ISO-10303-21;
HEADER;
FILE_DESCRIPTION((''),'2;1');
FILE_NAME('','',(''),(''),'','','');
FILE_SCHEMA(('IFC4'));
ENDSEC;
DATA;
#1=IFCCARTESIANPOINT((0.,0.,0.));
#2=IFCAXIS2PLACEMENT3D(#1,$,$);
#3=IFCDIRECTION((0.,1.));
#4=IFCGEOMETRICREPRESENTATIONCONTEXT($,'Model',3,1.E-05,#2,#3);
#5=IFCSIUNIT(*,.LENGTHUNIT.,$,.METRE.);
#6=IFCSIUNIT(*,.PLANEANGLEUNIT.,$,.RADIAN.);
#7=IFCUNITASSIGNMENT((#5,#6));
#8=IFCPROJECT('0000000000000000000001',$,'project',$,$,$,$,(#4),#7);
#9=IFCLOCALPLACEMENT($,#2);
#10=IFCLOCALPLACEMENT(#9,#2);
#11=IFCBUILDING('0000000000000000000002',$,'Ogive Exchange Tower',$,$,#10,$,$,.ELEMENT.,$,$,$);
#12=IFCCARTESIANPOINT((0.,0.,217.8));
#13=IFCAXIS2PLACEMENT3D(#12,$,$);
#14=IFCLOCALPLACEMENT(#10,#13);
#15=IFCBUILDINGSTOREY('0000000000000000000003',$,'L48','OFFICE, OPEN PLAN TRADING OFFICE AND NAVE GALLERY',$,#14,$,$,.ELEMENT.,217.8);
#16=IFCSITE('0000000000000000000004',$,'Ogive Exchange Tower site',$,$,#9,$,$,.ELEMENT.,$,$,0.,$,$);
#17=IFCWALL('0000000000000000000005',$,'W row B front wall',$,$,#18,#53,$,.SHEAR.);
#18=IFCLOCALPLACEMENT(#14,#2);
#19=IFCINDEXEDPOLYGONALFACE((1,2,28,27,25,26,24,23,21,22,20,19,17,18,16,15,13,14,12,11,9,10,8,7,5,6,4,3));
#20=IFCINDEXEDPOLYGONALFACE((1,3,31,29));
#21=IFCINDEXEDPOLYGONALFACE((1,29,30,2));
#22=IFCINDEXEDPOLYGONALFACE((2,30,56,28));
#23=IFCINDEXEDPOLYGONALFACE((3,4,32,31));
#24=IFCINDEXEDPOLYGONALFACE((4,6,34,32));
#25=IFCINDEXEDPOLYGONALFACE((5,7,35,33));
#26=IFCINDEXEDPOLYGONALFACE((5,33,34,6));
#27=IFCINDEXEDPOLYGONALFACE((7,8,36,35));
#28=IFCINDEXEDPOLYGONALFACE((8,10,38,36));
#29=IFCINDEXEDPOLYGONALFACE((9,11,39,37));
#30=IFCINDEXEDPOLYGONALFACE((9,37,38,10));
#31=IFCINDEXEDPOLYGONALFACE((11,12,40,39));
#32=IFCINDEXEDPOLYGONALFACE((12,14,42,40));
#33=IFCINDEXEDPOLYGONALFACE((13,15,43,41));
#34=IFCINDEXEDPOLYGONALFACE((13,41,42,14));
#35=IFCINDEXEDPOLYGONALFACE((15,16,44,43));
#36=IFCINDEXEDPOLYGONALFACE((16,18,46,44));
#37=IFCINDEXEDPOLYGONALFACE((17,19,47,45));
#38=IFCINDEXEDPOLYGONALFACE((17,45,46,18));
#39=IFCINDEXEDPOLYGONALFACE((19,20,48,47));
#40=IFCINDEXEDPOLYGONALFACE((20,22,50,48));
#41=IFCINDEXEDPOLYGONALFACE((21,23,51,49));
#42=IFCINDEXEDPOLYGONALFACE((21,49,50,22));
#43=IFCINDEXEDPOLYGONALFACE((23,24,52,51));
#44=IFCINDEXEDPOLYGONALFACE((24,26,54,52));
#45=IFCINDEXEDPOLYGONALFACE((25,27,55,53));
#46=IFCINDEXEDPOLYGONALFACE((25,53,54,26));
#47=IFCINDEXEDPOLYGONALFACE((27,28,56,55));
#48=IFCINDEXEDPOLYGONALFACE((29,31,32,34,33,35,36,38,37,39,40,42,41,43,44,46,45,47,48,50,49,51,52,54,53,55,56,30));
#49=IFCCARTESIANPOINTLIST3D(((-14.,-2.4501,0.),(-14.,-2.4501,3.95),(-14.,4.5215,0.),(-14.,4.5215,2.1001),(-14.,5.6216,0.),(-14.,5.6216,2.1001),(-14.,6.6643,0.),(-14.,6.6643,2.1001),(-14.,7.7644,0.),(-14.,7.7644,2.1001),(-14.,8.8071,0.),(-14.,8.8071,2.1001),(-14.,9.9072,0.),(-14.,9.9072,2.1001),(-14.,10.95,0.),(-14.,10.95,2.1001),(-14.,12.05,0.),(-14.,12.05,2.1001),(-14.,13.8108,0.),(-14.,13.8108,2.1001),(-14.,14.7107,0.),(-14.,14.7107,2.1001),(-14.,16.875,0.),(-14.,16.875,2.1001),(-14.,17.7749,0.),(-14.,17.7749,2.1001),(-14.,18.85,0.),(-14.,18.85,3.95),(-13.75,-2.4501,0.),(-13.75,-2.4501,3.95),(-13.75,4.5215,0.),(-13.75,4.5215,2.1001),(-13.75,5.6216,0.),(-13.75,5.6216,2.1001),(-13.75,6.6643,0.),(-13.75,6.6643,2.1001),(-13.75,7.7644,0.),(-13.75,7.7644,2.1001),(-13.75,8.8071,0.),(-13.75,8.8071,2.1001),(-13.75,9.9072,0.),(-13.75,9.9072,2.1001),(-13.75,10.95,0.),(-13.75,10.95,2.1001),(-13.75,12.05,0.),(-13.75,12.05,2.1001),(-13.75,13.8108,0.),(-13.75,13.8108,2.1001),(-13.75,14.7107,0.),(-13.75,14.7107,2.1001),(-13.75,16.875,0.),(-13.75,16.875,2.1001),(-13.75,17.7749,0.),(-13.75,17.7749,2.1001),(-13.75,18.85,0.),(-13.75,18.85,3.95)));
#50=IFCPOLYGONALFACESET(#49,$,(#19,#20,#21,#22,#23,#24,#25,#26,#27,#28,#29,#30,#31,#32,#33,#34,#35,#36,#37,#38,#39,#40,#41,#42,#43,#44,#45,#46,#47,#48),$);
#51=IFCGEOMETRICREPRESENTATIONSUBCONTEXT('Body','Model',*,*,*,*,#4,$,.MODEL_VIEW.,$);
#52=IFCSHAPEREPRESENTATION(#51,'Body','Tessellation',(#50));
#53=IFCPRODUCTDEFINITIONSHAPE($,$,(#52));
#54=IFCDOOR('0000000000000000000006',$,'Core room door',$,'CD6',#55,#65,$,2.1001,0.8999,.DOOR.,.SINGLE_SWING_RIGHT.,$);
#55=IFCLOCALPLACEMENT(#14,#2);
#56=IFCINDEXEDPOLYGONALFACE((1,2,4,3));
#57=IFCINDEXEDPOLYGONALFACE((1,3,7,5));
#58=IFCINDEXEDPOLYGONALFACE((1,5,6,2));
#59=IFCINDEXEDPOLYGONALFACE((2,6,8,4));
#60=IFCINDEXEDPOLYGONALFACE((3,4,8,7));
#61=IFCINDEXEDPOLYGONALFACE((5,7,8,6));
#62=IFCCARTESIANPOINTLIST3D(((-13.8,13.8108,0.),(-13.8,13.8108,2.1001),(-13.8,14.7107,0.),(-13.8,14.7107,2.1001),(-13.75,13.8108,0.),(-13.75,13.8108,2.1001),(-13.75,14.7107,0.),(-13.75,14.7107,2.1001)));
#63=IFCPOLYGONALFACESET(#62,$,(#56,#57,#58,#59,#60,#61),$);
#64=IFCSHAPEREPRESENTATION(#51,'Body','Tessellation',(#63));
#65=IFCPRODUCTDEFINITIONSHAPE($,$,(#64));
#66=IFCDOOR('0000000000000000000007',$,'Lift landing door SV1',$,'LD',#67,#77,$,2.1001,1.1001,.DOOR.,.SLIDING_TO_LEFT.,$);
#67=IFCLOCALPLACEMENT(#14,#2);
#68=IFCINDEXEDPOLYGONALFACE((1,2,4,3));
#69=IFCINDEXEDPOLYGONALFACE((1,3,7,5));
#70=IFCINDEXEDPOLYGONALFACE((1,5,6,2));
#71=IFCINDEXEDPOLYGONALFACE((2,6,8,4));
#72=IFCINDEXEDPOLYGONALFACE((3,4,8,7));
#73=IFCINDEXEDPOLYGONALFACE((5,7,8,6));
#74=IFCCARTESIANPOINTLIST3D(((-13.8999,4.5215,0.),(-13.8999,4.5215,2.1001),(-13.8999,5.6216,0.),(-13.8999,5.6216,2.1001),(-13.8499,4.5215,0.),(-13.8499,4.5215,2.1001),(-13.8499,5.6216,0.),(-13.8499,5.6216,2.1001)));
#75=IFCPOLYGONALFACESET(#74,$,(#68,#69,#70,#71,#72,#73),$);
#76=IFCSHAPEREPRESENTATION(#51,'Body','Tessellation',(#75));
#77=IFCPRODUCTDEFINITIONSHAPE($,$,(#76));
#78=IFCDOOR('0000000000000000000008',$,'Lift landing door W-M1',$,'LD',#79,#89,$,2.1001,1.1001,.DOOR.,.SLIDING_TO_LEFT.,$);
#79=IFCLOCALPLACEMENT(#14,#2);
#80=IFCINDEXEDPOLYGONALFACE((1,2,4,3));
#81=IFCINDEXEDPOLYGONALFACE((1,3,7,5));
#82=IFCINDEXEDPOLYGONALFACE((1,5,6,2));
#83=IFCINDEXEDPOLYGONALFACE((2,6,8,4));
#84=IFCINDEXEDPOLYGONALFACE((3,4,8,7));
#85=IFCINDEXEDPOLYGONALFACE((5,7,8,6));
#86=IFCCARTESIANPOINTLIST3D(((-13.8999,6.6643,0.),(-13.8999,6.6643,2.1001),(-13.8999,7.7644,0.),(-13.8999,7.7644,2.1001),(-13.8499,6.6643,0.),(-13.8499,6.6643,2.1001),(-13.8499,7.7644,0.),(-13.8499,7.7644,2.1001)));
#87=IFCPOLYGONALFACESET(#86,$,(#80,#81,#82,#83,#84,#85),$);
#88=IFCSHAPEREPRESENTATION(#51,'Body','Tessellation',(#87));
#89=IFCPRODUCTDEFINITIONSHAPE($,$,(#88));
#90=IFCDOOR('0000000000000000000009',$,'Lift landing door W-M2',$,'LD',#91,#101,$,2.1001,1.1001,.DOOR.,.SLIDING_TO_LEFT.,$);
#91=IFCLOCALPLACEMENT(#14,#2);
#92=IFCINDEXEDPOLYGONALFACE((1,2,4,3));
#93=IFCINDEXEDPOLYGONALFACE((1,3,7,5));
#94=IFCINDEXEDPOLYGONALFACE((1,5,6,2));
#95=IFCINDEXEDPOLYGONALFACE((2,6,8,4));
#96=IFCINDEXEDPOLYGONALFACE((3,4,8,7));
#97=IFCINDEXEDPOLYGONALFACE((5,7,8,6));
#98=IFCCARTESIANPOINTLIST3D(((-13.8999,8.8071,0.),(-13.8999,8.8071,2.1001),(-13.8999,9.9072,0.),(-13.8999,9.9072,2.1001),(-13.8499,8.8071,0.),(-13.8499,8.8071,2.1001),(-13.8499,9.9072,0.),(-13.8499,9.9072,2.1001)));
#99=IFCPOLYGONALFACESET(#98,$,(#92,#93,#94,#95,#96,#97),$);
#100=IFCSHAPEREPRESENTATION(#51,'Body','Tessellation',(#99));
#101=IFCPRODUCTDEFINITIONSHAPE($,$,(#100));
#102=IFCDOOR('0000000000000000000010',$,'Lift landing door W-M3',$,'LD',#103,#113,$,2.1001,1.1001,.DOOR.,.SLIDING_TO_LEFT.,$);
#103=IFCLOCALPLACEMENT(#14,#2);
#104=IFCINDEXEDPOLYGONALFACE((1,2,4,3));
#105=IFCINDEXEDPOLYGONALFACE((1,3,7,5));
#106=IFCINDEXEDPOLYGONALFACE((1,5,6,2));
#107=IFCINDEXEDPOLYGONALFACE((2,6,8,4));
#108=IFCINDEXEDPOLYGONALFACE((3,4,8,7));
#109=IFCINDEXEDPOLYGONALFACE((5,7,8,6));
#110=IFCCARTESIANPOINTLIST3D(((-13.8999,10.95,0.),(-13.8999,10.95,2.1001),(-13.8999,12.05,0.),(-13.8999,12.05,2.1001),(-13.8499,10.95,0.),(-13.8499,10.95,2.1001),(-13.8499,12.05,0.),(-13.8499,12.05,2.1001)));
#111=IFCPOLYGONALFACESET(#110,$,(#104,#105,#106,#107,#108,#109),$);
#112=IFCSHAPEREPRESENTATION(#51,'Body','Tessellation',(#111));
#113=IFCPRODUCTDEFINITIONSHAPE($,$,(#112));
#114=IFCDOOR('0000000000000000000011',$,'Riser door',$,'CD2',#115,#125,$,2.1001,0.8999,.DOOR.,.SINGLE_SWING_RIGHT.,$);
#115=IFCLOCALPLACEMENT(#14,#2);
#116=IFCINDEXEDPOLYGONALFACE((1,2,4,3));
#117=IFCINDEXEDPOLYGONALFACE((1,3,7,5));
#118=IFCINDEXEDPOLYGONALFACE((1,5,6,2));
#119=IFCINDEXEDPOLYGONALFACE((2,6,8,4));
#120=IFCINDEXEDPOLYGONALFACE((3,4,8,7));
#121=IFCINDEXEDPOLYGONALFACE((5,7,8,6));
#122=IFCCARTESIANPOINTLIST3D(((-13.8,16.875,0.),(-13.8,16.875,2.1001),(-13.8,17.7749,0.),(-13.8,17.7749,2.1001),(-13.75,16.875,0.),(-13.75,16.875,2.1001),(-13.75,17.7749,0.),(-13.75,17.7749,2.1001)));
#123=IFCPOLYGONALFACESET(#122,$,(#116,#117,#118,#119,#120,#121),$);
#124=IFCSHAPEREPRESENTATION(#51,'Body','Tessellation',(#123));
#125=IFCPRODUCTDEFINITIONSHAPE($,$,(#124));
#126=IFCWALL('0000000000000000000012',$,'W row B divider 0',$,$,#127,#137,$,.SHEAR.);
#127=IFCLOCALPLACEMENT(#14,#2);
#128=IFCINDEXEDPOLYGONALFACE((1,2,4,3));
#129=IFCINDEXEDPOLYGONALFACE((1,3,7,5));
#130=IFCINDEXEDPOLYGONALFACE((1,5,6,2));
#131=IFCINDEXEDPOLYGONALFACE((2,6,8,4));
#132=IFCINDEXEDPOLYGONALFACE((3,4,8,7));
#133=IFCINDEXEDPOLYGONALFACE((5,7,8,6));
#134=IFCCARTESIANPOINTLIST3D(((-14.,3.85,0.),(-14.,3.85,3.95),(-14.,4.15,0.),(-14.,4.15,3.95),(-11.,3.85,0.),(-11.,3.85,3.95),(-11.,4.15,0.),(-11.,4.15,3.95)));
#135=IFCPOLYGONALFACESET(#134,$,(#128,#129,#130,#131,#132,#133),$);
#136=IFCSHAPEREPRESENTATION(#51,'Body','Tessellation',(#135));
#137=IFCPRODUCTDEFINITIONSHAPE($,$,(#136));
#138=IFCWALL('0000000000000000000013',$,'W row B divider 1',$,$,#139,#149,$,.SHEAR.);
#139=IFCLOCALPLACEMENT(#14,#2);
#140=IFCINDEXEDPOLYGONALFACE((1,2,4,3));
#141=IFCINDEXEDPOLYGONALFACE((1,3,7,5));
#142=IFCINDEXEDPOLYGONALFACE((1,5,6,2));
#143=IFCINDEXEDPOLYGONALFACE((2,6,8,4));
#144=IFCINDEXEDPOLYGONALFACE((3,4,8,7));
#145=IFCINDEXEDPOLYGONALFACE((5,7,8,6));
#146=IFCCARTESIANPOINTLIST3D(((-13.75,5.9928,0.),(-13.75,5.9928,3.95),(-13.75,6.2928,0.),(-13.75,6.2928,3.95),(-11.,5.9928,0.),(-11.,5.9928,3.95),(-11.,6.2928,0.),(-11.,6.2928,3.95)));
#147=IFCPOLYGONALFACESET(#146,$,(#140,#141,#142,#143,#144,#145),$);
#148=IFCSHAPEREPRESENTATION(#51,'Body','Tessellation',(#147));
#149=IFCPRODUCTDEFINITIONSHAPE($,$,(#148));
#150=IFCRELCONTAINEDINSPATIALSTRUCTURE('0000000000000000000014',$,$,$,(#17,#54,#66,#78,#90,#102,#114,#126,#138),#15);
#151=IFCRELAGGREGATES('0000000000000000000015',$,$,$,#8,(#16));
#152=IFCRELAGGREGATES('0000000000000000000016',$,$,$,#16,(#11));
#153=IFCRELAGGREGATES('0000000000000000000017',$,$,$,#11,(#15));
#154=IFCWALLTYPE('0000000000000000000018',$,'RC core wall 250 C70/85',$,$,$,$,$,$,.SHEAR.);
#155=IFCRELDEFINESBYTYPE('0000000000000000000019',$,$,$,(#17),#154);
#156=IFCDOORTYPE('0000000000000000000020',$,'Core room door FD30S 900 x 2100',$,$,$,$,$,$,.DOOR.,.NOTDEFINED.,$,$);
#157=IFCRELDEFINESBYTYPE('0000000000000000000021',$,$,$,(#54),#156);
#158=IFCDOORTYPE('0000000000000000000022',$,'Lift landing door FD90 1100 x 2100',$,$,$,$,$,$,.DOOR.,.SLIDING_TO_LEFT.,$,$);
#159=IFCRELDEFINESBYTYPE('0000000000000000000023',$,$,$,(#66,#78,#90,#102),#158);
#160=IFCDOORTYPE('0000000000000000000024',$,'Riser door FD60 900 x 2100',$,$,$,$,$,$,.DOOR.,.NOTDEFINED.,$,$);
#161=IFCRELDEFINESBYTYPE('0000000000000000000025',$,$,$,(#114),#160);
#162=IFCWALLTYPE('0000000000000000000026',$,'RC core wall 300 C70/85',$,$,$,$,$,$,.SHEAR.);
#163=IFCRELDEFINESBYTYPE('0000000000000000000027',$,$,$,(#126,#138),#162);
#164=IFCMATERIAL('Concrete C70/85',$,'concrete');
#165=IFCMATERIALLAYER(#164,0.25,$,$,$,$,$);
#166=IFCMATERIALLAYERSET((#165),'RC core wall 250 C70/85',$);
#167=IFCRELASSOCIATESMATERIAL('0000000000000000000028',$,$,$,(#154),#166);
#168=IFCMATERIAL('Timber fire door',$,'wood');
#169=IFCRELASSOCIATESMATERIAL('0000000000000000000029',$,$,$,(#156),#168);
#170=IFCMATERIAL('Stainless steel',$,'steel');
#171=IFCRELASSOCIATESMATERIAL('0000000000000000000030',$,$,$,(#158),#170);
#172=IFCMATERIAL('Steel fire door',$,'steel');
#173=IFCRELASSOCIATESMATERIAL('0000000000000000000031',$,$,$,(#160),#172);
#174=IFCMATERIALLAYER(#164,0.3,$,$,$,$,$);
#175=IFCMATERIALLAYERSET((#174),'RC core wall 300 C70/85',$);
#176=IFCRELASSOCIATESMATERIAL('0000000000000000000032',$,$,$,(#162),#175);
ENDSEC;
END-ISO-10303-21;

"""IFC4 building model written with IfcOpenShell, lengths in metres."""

from ifc_helpers import new_model, si_unit, direction, frame, frame_2d, origin, place, context, subcontext, project, spatial, rectangle, extrude, material, layer, layer_set, type_object, element, fill, save


model = new_model("IFC4")

# Units and contexts
model_context = context("Model", 3, precision=1e-05, world=origin(), true_north=direction((0.0, 1.0)))
body_context = subcontext(model_context, "Body", "Model", "MODEL_VIEW")
ifc_project = project(units=[si_unit("LENGTHUNIT", "METRE"), si_unit("PLANEANGLEUNIT", "RADIAN")], contexts=[model_context])

# Site, building, storey
site_placement = place(None, origin())
site = spatial("IfcSite", under=ifc_project, at=site_placement, Name="Ogive Exchange Tower site", CompositionType="ELEMENT", RefElevation=0.0)
building_placement = place(site_placement, origin())
building = spatial("IfcBuilding", under=site, at=building_placement, Name="Ogive Exchange Tower", CompositionType="ELEMENT")
storey_placement = place(building_placement, frame((0.0, 0.0, 217.8)))
storey = spatial("IfcBuildingStorey", under=building, at=storey_placement, Name="L48", Description="OFFICE, OPEN PLAN TRADING OFFICE AND NAVE GALLERY", CompositionType="ELEMENT", Elevation=217.8)

# Shared definitions
ifc_material_1 = material(Name="Concrete C70/85", Category="concrete")
ifc_layer_1 = layer(ifc_material_1, 0.25)
ifc_layer_set_1 = layer_set([ifc_layer_1], Name="RC core wall 250 C70/85")
wall_type_1 = type_object("IfcWallType", Name="RC core wall 250 C70/85", PredefinedType="SHEAR", material=ifc_layer_set_1)
ifc_material_2 = material(Name="Steel fire door", Category="steel")

# Wall, openings, doors
wall_1_placement = place(storey_placement, frame((-13.875, -2.45, 0.0), z_axis=(0.0, 0.0, 1.0), x_axis=(0.0, 1.0, 0.0)))
wall_1 = element("IfcWall", 1, at=wall_1_placement, inside=storey, type_object=wall_type_1, Name="W row B front wall", PredefinedType="SHEAR", context=body_context, shape_type="SweptSolid", body=[
    extrude(rectangle(XDim=21.3, YDim=0.25, at=frame_2d((10.6499, 0.0))), origin(), (0.0, 0.0, 1.0), 3.95),
])
opening_1_placement = place(wall_1_placement, frame((16.2607, 0.0, 0.0)))
opening_1 = element("IfcOpeningElement", 2, at=opening_1_placement, cuts=wall_1, PredefinedType="OPENING", context=body_context, shape_type="SweptSolid", body=[
    extrude(rectangle(XDim=0.8999, YDim=2.1001, at=frame_2d((0.45, 1.05))), frame((0.0, 0.135, 0.0), z_axis=(0.0, -1.0, 0.0), x_axis=(1.0, 0.0, 0.0)), (0.0, 0.0, 1.0), 0.27),
])
opening_2_placement = place(wall_1_placement, frame((19.325, 0.0, 0.0)))
opening_2 = element("IfcOpeningElement", 3, at=opening_2_placement, cuts=wall_1, PredefinedType="OPENING", context=body_context, shape_type="SweptSolid", body=[
    extrude(rectangle(XDim=0.8999, YDim=2.1001, at=frame_2d((0.45, 1.05))), frame((0.0, 0.135, 0.0), z_axis=(0.0, -1.0, 0.0), x_axis=(1.0, 0.0, 0.0)), (0.0, 0.0, 1.0), 0.27),
])
opening_3_placement = place(wall_1_placement, frame((6.9714, 0.0, 0.0)))
opening_3 = element("IfcOpeningElement", 4, at=opening_3_placement, cuts=wall_1, PredefinedType="OPENING", context=body_context, shape_type="SweptSolid", body=[
    extrude(rectangle(XDim=1.1001, YDim=2.1001, at=frame_2d((0.55, 1.05))), frame((0.0, 0.135, 0.0), z_axis=(0.0, -1.0, 0.0), x_axis=(1.0, 0.0, 0.0)), (0.0, 0.0, 1.0), 0.27),
])
opening_4_placement = place(wall_1_placement, frame((9.1143, 0.0, 0.0)))
opening_4 = element("IfcOpeningElement", 5, at=opening_4_placement, cuts=wall_1, PredefinedType="OPENING", context=body_context, shape_type="SweptSolid", body=[
    extrude(rectangle(XDim=1.1001, YDim=2.1001, at=frame_2d((0.55, 1.05))), frame((0.0, 0.135, 0.0), z_axis=(0.0, -1.0, 0.0), x_axis=(1.0, 0.0, 0.0)), (0.0, 0.0, 1.0), 0.27),
])
opening_5_placement = place(wall_1_placement, frame((11.2571, 0.0, 0.0)))
opening_5 = element("IfcOpeningElement", 6, at=opening_5_placement, cuts=wall_1, PredefinedType="OPENING", context=body_context, shape_type="SweptSolid", body=[
    extrude(rectangle(XDim=1.1001, YDim=2.1001, at=frame_2d((0.55, 1.05))), frame((0.0, 0.135, 0.0), z_axis=(0.0, -1.0, 0.0), x_axis=(1.0, 0.0, 0.0)), (0.0, 0.0, 1.0), 0.27),
])
opening_6_placement = place(wall_1_placement, frame((13.3999, 0.0, 0.0)))
opening_6 = element("IfcOpeningElement", 7, at=opening_6_placement, cuts=wall_1, PredefinedType="OPENING", context=body_context, shape_type="SweptSolid", body=[
    extrude(rectangle(XDim=1.1001, YDim=2.1001, at=frame_2d((0.55, 1.05))), frame((0.0, 0.135, 0.0), z_axis=(0.0, -1.0, 0.0), x_axis=(1.0, 0.0, 0.0)), (0.0, 0.0, 1.0), 0.27),
])
ifc_material_3 = material(Name="Timber fire door", Category="wood")
door_type_1 = type_object("IfcDoorType", Name="Core room door FD30S 900 x 2100", OperationType="NOTDEFINED", PredefinedType="DOOR", material=ifc_material_3)
door_1_placement = place(opening_1_placement, frame((0.8999, -0.2002, 0.0), z_axis=(0.0, 0.0, 1.0), x_axis=(-1.0, 0.0, 0.0)))
door_1 = element("IfcDoor", 8, at=door_1_placement, inside=storey, type_object=door_type_1, Name="Core room door", ObjectType="CD6", OperationType="SINGLE_SWING_RIGHT", OverallHeight=2.1001, OverallWidth=0.8999, PredefinedType="DOOR", context=body_context, shape_type="SweptSolid", body=[
    extrude(rectangle(XDim=0.8999, YDim=2.1001, at=frame_2d((0.45, 1.05))), frame((0.0, -0.0752, 0.0), z_axis=(0.0, -1.0, 0.0), x_axis=(1.0, 0.0, 0.0)), (0.0, 0.0, 1.0), 0.05),
])
fill(opening_1, door_1)
ifc_material_4 = material(Name="Stainless steel", Category="steel")
door_type_2 = type_object("IfcDoorType", Name="Lift landing door FD90 1100 x 2100", OperationType="SLIDING_TO_LEFT", PredefinedType="DOOR", material=ifc_material_4)
door_2_placement = place(opening_3_placement, origin())
door_2 = element("IfcDoor", 9, at=door_2_placement, inside=storey, type_object=door_type_2, Name="Lift landing door SV1", ObjectType="LD", OperationType="SLIDING_TO_LEFT", OverallHeight=2.1001, OverallWidth=1.1001, PredefinedType="DOOR", context=body_context, shape_type="SweptSolid", body=[
    extrude(rectangle(XDim=1.1001, YDim=2.1001, at=frame_2d((0.55, 1.05))), frame((0.0, 0.0249, 0.0), z_axis=(0.0, -1.0, 0.0), x_axis=(1.0, 0.0, 0.0)), (0.0, 0.0, 1.0), 0.05),
])
fill(opening_3, door_2)
door_3_placement = place(opening_4_placement, origin())
door_3 = element("IfcDoor", 10, at=door_3_placement, inside=storey, type_object=door_type_2, Name="Lift landing door W-M1", ObjectType="LD", OperationType="SLIDING_TO_LEFT", OverallHeight=2.1001, OverallWidth=1.1001, PredefinedType="DOOR", context=body_context, shape_type="SweptSolid", body=[
    extrude(rectangle(XDim=1.1001, YDim=2.1001, at=frame_2d((0.55, 1.05))), frame((0.0, 0.0249, 0.0), z_axis=(0.0, -1.0, 0.0), x_axis=(1.0, 0.0, 0.0)), (0.0, 0.0, 1.0), 0.05),
])
fill(opening_4, door_3)
door_4_placement = place(opening_5_placement, origin())
door_4 = element("IfcDoor", 11, at=door_4_placement, inside=storey, type_object=door_type_2, Name="Lift landing door W-M2", ObjectType="LD", OperationType="SLIDING_TO_LEFT", OverallHeight=2.1001, OverallWidth=1.1001, PredefinedType="DOOR", context=body_context, shape_type="SweptSolid", body=[
    extrude(rectangle(XDim=1.1001, YDim=2.1001, at=frame_2d((0.55, 1.05))), frame((0.0, 0.0249, 0.0), z_axis=(0.0, -1.0, 0.0), x_axis=(1.0, 0.0, 0.0)), (0.0, 0.0, 1.0), 0.05),
])
fill(opening_5, door_4)
door_5_placement = place(opening_6_placement, origin())
door_5 = element("IfcDoor", 12, at=door_5_placement, inside=storey, type_object=door_type_2, Name="Lift landing door W-M3", ObjectType="LD", OperationType="SLIDING_TO_LEFT", OverallHeight=2.1001, OverallWidth=1.1001, PredefinedType="DOOR", context=body_context, shape_type="SweptSolid", body=[
    extrude(rectangle(XDim=1.1001, YDim=2.1001, at=frame_2d((0.55, 1.05))), frame((0.0, 0.0249, 0.0), z_axis=(0.0, -1.0, 0.0), x_axis=(1.0, 0.0, 0.0)), (0.0, 0.0, 1.0), 0.05),
])
fill(opening_6, door_5)
door_type_3 = type_object("IfcDoorType", Name="Riser door FD60 900 x 2100", OperationType="NOTDEFINED", PredefinedType="DOOR", material=ifc_material_2)
door_6_placement = place(opening_2_placement, frame((0.8999, -0.2002, 0.0), z_axis=(0.0, 0.0, 1.0), x_axis=(-1.0, 0.0, 0.0)))
door_6 = element("IfcDoor", 13, at=door_6_placement, inside=storey, type_object=door_type_3, Name="Riser door", ObjectType="CD2", OperationType="SINGLE_SWING_RIGHT", OverallHeight=2.1001, OverallWidth=0.8999, PredefinedType="DOOR", context=body_context, shape_type="SweptSolid", body=[
    extrude(rectangle(XDim=0.8999, YDim=2.1001, at=frame_2d((0.45, 1.05))), frame((0.0, -0.0752, 0.0), z_axis=(0.0, -1.0, 0.0), x_axis=(1.0, 0.0, 0.0)), (0.0, 0.0, 1.0), 0.05),
])
fill(opening_2, door_6)

# Walls
ifc_layer_2 = layer(ifc_material_1, 0.3)
ifc_layer_set_2 = layer_set([ifc_layer_2], Name="RC core wall 300 C70/85")
wall_type_2 = type_object("IfcWallType", Name="RC core wall 300 C70/85", PredefinedType="SHEAR", material=ifc_layer_set_2)
wall_2_placement = place(storey_placement, frame((-14.0, 4.0, 0.0), z_axis=(0.0, 0.0, 1.0), x_axis=(1.0, 0.0, 0.0)))
element("IfcWall", 14, at=wall_2_placement, inside=storey, type_object=wall_type_2, Name="W row B divider 0", PredefinedType="SHEAR", context=body_context, shape_type="SweptSolid", body=[
    extrude(rectangle(XDim=3.0, YDim=0.3, at=frame_2d((1.5, 0.0))), origin(), (0.0, 0.0, 1.0), 3.95),
])
wall_3_placement = place(storey_placement, frame((-13.75, 6.1428, 0.0), z_axis=(0.0, 0.0, 1.0), x_axis=(1.0, 0.0, 0.0)))
element("IfcWall", 15, at=wall_3_placement, inside=storey, type_object=wall_type_2, Name="W row B divider 1", PredefinedType="SHEAR", context=body_context, shape_type="SweptSolid", body=[
    extrude(rectangle(XDim=2.75, YDim=0.3, at=frame_2d((1.375, 0.0))), origin(), (0.0, 0.0, 1.0), 3.95),
])

save(model, "model.ifc")
